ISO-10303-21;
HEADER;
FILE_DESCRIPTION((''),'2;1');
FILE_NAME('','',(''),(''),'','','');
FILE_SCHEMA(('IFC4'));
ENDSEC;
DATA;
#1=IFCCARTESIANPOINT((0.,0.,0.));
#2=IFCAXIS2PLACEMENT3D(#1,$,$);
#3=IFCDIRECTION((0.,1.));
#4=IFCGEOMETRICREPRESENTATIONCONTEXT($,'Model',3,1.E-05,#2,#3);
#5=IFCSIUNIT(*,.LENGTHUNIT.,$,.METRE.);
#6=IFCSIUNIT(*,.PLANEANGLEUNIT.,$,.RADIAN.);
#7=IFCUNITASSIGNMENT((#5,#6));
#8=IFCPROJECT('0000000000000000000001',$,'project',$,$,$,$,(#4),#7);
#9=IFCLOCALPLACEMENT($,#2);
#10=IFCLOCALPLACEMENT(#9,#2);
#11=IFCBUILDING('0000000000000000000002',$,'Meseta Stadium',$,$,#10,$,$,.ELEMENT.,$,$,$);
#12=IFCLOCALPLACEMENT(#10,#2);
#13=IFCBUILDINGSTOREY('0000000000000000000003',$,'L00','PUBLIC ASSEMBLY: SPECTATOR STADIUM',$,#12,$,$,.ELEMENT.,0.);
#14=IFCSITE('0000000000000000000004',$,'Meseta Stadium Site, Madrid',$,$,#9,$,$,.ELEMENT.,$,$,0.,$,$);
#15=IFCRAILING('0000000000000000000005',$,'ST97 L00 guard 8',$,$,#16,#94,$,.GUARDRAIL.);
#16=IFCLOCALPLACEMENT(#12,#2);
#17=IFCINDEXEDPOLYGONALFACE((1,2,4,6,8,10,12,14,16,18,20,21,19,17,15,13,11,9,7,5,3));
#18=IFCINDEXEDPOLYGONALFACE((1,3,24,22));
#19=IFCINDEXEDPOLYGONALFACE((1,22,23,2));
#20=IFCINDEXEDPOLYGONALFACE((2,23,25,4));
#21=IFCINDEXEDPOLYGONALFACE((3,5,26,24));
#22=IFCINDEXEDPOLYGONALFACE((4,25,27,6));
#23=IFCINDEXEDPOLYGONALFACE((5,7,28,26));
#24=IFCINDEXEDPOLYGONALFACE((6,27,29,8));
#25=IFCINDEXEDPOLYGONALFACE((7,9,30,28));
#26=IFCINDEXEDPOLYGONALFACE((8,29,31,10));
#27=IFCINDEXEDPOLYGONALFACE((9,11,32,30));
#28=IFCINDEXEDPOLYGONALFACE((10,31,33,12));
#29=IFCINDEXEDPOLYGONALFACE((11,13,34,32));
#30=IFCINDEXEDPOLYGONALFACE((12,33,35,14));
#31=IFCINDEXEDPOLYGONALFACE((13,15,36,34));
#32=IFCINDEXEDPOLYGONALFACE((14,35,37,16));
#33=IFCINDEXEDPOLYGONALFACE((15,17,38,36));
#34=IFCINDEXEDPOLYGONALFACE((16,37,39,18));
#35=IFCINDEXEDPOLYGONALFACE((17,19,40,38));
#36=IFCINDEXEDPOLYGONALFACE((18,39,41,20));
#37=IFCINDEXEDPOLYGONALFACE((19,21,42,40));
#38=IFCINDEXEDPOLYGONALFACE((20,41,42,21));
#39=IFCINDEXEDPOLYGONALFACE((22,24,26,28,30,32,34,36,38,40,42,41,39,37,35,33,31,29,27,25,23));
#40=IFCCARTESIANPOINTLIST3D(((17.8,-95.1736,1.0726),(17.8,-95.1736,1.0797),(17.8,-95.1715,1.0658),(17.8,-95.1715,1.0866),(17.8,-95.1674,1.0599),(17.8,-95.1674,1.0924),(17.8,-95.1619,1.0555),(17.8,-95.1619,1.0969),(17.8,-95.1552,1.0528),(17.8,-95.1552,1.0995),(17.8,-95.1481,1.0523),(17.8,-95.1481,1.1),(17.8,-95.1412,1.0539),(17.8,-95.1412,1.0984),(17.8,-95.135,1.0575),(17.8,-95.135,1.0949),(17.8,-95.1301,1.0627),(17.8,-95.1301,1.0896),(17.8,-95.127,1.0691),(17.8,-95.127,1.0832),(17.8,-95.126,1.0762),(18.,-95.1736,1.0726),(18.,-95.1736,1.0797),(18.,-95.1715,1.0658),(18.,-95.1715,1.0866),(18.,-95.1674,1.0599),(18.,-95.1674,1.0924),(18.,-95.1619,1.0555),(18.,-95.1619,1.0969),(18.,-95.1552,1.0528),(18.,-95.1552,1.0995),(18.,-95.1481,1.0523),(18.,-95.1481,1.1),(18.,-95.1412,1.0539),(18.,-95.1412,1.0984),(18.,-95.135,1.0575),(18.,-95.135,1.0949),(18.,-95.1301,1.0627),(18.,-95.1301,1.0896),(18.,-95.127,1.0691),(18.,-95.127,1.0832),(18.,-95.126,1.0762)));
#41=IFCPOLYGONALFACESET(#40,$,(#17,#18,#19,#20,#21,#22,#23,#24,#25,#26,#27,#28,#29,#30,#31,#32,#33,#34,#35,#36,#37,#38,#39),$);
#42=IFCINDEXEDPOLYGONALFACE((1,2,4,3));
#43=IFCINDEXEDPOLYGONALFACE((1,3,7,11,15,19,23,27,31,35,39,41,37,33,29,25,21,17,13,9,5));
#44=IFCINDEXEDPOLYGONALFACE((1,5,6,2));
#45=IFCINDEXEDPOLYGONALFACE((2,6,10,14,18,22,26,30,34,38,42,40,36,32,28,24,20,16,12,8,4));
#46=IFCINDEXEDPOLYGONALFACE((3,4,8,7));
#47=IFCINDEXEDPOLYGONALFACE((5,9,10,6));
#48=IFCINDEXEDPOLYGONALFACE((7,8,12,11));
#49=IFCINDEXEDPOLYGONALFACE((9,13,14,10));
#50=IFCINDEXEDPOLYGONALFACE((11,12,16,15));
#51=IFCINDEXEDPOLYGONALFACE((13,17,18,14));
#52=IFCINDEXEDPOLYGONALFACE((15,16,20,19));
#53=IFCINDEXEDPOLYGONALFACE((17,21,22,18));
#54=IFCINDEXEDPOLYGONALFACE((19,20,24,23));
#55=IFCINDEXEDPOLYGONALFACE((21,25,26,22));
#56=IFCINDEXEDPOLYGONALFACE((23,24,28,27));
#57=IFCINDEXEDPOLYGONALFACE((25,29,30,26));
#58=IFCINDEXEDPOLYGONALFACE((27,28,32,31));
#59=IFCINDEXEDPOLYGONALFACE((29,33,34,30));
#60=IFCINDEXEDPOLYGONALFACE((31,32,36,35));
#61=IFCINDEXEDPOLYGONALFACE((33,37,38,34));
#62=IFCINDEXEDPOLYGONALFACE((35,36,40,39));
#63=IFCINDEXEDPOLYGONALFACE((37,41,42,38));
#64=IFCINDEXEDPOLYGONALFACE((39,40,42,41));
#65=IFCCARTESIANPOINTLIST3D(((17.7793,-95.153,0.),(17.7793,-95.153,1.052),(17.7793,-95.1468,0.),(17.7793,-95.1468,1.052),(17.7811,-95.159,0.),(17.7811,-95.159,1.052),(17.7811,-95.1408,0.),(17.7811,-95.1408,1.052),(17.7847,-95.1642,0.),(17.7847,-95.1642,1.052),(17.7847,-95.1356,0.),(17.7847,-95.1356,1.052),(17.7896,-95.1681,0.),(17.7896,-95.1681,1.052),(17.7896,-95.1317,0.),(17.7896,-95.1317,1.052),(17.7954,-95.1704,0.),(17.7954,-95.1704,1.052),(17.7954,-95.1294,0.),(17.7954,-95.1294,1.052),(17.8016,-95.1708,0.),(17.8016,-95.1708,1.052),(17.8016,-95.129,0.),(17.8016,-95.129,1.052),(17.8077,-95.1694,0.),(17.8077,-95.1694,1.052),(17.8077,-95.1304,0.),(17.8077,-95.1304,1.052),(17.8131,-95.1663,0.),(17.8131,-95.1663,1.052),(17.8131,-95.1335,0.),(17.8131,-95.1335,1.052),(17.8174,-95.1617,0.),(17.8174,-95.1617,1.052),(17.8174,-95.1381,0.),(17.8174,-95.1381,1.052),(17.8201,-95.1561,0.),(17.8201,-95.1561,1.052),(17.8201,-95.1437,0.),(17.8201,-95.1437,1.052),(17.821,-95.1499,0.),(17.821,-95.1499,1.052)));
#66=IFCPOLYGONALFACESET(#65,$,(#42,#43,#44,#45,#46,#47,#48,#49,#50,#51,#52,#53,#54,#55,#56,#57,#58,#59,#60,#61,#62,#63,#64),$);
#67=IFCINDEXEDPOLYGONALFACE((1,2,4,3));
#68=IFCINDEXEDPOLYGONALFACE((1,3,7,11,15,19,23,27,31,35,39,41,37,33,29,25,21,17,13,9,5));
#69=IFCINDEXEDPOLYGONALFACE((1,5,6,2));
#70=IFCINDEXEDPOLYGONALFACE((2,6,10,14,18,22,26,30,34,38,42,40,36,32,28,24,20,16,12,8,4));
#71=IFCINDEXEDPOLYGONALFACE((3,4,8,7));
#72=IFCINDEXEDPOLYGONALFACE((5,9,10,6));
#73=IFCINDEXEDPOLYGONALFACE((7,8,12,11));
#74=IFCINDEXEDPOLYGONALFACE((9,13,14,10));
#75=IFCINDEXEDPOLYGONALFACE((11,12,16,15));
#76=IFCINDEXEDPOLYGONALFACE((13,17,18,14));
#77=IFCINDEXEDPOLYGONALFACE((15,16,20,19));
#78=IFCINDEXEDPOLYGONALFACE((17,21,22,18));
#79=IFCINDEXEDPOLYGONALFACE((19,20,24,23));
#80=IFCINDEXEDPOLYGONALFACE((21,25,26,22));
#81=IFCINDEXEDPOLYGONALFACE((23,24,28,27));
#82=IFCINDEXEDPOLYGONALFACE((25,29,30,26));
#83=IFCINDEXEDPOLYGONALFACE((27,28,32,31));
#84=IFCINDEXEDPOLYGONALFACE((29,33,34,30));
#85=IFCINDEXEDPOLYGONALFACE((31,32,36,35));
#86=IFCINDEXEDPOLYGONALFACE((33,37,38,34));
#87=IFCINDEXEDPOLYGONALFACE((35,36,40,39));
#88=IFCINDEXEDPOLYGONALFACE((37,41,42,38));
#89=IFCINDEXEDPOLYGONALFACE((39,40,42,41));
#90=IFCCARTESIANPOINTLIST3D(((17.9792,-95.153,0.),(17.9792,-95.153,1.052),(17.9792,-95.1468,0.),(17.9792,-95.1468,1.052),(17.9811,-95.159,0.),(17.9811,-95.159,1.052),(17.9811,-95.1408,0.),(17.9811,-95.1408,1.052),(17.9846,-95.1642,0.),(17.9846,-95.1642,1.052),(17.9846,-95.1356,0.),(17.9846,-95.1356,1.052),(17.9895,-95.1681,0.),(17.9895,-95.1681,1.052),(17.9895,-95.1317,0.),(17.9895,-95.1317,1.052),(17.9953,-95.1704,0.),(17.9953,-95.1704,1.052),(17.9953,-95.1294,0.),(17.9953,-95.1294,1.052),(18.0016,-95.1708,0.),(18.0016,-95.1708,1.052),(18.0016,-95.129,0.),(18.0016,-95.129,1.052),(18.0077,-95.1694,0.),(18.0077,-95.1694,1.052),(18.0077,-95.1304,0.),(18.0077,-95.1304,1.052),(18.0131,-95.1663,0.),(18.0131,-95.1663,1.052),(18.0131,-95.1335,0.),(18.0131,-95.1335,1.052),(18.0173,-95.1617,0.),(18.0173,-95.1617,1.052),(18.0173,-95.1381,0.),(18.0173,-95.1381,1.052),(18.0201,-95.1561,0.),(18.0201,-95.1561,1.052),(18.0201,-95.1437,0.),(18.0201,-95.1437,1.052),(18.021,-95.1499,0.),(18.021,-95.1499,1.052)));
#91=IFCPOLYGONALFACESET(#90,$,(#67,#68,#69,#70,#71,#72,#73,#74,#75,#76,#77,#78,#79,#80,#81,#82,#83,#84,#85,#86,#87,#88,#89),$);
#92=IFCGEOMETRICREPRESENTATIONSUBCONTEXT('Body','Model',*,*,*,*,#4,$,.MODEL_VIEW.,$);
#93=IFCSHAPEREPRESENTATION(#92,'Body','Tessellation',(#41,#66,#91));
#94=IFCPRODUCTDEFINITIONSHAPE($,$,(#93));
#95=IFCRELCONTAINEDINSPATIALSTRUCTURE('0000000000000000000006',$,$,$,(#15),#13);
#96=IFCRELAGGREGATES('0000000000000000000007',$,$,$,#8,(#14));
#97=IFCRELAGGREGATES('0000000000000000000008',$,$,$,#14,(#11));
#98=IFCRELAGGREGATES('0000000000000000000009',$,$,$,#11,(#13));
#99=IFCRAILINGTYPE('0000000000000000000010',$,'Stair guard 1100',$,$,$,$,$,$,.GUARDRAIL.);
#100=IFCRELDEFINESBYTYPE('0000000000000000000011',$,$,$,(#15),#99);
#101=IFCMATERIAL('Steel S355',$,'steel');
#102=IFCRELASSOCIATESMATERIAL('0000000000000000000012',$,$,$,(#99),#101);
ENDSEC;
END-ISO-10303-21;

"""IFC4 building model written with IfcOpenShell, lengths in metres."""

from ifc_helpers import new_model, si_unit, direction, frame, origin, origin_2d, place, context, subcontext, project, spatial, circle, extrude, material, type_object, element, save


model = new_model("IFC4")

# Units and contexts
model_context = context("Model", 3, precision=1e-05, world=origin(), true_north=direction((0.0, 1.0)))
body_context = subcontext(model_context, "Body", "Model", "MODEL_VIEW")
ifc_project = project(units=[si_unit("LENGTHUNIT", "METRE"), si_unit("PLANEANGLEUNIT", "RADIAN")], contexts=[model_context])

# Site, building, storey
site_placement = place(None, origin())
site = spatial("IfcSite", under=ifc_project, at=site_placement, Name="Meseta Stadium Site, Madrid", CompositionType="ELEMENT", RefElevation=0.0)
building_placement = place(site_placement, origin())
building = spatial("IfcBuilding", under=site, at=building_placement, Name="Meseta Stadium", CompositionType="ELEMENT")
storey_placement = place(building_placement, origin())
storey = spatial("IfcBuildingStorey", under=building, at=storey_placement, Name="L00", Description="PUBLIC ASSEMBLY: SPECTATOR STADIUM", CompositionType="ELEMENT", Elevation=0.0)

# Railing
ifc_material_1 = material(Name="Steel S355", Category="steel")
railing_type_1 = type_object("IfcRailingType", Name="Stair guard 1100", PredefinedType="GUARDRAIL", material=ifc_material_1)
railing_1_placement = place(storey_placement, frame((17.8, -95.1499, 0.0)))
element("IfcRailing", 1, at=railing_1_placement, inside=storey, type_object=railing_type_1, Name="ST97 L00 guard 8", PredefinedType="GUARDRAIL", context=body_context, shape_type="SweptSolid", body=[
    extrude(circle(Radius=0.0239, at=origin_2d()), frame((0.0, 0.0, 1.0762), z_axis=(1.0, 0.0, 0.0), x_axis=(0.0, 1.0, 0.0)), (0.0, 0.0, 1.0), 0.2),
    extrude(circle(Radius=0.021, at=origin_2d()), origin(), (0.0, 0.0, 1.0), 1.052),
    extrude(circle(Radius=0.021, at=origin_2d()), frame((0.2, 0.0, 0.0)), (0.0, 0.0, 1.0), 1.052),
])

save(model, "model.ifc")
